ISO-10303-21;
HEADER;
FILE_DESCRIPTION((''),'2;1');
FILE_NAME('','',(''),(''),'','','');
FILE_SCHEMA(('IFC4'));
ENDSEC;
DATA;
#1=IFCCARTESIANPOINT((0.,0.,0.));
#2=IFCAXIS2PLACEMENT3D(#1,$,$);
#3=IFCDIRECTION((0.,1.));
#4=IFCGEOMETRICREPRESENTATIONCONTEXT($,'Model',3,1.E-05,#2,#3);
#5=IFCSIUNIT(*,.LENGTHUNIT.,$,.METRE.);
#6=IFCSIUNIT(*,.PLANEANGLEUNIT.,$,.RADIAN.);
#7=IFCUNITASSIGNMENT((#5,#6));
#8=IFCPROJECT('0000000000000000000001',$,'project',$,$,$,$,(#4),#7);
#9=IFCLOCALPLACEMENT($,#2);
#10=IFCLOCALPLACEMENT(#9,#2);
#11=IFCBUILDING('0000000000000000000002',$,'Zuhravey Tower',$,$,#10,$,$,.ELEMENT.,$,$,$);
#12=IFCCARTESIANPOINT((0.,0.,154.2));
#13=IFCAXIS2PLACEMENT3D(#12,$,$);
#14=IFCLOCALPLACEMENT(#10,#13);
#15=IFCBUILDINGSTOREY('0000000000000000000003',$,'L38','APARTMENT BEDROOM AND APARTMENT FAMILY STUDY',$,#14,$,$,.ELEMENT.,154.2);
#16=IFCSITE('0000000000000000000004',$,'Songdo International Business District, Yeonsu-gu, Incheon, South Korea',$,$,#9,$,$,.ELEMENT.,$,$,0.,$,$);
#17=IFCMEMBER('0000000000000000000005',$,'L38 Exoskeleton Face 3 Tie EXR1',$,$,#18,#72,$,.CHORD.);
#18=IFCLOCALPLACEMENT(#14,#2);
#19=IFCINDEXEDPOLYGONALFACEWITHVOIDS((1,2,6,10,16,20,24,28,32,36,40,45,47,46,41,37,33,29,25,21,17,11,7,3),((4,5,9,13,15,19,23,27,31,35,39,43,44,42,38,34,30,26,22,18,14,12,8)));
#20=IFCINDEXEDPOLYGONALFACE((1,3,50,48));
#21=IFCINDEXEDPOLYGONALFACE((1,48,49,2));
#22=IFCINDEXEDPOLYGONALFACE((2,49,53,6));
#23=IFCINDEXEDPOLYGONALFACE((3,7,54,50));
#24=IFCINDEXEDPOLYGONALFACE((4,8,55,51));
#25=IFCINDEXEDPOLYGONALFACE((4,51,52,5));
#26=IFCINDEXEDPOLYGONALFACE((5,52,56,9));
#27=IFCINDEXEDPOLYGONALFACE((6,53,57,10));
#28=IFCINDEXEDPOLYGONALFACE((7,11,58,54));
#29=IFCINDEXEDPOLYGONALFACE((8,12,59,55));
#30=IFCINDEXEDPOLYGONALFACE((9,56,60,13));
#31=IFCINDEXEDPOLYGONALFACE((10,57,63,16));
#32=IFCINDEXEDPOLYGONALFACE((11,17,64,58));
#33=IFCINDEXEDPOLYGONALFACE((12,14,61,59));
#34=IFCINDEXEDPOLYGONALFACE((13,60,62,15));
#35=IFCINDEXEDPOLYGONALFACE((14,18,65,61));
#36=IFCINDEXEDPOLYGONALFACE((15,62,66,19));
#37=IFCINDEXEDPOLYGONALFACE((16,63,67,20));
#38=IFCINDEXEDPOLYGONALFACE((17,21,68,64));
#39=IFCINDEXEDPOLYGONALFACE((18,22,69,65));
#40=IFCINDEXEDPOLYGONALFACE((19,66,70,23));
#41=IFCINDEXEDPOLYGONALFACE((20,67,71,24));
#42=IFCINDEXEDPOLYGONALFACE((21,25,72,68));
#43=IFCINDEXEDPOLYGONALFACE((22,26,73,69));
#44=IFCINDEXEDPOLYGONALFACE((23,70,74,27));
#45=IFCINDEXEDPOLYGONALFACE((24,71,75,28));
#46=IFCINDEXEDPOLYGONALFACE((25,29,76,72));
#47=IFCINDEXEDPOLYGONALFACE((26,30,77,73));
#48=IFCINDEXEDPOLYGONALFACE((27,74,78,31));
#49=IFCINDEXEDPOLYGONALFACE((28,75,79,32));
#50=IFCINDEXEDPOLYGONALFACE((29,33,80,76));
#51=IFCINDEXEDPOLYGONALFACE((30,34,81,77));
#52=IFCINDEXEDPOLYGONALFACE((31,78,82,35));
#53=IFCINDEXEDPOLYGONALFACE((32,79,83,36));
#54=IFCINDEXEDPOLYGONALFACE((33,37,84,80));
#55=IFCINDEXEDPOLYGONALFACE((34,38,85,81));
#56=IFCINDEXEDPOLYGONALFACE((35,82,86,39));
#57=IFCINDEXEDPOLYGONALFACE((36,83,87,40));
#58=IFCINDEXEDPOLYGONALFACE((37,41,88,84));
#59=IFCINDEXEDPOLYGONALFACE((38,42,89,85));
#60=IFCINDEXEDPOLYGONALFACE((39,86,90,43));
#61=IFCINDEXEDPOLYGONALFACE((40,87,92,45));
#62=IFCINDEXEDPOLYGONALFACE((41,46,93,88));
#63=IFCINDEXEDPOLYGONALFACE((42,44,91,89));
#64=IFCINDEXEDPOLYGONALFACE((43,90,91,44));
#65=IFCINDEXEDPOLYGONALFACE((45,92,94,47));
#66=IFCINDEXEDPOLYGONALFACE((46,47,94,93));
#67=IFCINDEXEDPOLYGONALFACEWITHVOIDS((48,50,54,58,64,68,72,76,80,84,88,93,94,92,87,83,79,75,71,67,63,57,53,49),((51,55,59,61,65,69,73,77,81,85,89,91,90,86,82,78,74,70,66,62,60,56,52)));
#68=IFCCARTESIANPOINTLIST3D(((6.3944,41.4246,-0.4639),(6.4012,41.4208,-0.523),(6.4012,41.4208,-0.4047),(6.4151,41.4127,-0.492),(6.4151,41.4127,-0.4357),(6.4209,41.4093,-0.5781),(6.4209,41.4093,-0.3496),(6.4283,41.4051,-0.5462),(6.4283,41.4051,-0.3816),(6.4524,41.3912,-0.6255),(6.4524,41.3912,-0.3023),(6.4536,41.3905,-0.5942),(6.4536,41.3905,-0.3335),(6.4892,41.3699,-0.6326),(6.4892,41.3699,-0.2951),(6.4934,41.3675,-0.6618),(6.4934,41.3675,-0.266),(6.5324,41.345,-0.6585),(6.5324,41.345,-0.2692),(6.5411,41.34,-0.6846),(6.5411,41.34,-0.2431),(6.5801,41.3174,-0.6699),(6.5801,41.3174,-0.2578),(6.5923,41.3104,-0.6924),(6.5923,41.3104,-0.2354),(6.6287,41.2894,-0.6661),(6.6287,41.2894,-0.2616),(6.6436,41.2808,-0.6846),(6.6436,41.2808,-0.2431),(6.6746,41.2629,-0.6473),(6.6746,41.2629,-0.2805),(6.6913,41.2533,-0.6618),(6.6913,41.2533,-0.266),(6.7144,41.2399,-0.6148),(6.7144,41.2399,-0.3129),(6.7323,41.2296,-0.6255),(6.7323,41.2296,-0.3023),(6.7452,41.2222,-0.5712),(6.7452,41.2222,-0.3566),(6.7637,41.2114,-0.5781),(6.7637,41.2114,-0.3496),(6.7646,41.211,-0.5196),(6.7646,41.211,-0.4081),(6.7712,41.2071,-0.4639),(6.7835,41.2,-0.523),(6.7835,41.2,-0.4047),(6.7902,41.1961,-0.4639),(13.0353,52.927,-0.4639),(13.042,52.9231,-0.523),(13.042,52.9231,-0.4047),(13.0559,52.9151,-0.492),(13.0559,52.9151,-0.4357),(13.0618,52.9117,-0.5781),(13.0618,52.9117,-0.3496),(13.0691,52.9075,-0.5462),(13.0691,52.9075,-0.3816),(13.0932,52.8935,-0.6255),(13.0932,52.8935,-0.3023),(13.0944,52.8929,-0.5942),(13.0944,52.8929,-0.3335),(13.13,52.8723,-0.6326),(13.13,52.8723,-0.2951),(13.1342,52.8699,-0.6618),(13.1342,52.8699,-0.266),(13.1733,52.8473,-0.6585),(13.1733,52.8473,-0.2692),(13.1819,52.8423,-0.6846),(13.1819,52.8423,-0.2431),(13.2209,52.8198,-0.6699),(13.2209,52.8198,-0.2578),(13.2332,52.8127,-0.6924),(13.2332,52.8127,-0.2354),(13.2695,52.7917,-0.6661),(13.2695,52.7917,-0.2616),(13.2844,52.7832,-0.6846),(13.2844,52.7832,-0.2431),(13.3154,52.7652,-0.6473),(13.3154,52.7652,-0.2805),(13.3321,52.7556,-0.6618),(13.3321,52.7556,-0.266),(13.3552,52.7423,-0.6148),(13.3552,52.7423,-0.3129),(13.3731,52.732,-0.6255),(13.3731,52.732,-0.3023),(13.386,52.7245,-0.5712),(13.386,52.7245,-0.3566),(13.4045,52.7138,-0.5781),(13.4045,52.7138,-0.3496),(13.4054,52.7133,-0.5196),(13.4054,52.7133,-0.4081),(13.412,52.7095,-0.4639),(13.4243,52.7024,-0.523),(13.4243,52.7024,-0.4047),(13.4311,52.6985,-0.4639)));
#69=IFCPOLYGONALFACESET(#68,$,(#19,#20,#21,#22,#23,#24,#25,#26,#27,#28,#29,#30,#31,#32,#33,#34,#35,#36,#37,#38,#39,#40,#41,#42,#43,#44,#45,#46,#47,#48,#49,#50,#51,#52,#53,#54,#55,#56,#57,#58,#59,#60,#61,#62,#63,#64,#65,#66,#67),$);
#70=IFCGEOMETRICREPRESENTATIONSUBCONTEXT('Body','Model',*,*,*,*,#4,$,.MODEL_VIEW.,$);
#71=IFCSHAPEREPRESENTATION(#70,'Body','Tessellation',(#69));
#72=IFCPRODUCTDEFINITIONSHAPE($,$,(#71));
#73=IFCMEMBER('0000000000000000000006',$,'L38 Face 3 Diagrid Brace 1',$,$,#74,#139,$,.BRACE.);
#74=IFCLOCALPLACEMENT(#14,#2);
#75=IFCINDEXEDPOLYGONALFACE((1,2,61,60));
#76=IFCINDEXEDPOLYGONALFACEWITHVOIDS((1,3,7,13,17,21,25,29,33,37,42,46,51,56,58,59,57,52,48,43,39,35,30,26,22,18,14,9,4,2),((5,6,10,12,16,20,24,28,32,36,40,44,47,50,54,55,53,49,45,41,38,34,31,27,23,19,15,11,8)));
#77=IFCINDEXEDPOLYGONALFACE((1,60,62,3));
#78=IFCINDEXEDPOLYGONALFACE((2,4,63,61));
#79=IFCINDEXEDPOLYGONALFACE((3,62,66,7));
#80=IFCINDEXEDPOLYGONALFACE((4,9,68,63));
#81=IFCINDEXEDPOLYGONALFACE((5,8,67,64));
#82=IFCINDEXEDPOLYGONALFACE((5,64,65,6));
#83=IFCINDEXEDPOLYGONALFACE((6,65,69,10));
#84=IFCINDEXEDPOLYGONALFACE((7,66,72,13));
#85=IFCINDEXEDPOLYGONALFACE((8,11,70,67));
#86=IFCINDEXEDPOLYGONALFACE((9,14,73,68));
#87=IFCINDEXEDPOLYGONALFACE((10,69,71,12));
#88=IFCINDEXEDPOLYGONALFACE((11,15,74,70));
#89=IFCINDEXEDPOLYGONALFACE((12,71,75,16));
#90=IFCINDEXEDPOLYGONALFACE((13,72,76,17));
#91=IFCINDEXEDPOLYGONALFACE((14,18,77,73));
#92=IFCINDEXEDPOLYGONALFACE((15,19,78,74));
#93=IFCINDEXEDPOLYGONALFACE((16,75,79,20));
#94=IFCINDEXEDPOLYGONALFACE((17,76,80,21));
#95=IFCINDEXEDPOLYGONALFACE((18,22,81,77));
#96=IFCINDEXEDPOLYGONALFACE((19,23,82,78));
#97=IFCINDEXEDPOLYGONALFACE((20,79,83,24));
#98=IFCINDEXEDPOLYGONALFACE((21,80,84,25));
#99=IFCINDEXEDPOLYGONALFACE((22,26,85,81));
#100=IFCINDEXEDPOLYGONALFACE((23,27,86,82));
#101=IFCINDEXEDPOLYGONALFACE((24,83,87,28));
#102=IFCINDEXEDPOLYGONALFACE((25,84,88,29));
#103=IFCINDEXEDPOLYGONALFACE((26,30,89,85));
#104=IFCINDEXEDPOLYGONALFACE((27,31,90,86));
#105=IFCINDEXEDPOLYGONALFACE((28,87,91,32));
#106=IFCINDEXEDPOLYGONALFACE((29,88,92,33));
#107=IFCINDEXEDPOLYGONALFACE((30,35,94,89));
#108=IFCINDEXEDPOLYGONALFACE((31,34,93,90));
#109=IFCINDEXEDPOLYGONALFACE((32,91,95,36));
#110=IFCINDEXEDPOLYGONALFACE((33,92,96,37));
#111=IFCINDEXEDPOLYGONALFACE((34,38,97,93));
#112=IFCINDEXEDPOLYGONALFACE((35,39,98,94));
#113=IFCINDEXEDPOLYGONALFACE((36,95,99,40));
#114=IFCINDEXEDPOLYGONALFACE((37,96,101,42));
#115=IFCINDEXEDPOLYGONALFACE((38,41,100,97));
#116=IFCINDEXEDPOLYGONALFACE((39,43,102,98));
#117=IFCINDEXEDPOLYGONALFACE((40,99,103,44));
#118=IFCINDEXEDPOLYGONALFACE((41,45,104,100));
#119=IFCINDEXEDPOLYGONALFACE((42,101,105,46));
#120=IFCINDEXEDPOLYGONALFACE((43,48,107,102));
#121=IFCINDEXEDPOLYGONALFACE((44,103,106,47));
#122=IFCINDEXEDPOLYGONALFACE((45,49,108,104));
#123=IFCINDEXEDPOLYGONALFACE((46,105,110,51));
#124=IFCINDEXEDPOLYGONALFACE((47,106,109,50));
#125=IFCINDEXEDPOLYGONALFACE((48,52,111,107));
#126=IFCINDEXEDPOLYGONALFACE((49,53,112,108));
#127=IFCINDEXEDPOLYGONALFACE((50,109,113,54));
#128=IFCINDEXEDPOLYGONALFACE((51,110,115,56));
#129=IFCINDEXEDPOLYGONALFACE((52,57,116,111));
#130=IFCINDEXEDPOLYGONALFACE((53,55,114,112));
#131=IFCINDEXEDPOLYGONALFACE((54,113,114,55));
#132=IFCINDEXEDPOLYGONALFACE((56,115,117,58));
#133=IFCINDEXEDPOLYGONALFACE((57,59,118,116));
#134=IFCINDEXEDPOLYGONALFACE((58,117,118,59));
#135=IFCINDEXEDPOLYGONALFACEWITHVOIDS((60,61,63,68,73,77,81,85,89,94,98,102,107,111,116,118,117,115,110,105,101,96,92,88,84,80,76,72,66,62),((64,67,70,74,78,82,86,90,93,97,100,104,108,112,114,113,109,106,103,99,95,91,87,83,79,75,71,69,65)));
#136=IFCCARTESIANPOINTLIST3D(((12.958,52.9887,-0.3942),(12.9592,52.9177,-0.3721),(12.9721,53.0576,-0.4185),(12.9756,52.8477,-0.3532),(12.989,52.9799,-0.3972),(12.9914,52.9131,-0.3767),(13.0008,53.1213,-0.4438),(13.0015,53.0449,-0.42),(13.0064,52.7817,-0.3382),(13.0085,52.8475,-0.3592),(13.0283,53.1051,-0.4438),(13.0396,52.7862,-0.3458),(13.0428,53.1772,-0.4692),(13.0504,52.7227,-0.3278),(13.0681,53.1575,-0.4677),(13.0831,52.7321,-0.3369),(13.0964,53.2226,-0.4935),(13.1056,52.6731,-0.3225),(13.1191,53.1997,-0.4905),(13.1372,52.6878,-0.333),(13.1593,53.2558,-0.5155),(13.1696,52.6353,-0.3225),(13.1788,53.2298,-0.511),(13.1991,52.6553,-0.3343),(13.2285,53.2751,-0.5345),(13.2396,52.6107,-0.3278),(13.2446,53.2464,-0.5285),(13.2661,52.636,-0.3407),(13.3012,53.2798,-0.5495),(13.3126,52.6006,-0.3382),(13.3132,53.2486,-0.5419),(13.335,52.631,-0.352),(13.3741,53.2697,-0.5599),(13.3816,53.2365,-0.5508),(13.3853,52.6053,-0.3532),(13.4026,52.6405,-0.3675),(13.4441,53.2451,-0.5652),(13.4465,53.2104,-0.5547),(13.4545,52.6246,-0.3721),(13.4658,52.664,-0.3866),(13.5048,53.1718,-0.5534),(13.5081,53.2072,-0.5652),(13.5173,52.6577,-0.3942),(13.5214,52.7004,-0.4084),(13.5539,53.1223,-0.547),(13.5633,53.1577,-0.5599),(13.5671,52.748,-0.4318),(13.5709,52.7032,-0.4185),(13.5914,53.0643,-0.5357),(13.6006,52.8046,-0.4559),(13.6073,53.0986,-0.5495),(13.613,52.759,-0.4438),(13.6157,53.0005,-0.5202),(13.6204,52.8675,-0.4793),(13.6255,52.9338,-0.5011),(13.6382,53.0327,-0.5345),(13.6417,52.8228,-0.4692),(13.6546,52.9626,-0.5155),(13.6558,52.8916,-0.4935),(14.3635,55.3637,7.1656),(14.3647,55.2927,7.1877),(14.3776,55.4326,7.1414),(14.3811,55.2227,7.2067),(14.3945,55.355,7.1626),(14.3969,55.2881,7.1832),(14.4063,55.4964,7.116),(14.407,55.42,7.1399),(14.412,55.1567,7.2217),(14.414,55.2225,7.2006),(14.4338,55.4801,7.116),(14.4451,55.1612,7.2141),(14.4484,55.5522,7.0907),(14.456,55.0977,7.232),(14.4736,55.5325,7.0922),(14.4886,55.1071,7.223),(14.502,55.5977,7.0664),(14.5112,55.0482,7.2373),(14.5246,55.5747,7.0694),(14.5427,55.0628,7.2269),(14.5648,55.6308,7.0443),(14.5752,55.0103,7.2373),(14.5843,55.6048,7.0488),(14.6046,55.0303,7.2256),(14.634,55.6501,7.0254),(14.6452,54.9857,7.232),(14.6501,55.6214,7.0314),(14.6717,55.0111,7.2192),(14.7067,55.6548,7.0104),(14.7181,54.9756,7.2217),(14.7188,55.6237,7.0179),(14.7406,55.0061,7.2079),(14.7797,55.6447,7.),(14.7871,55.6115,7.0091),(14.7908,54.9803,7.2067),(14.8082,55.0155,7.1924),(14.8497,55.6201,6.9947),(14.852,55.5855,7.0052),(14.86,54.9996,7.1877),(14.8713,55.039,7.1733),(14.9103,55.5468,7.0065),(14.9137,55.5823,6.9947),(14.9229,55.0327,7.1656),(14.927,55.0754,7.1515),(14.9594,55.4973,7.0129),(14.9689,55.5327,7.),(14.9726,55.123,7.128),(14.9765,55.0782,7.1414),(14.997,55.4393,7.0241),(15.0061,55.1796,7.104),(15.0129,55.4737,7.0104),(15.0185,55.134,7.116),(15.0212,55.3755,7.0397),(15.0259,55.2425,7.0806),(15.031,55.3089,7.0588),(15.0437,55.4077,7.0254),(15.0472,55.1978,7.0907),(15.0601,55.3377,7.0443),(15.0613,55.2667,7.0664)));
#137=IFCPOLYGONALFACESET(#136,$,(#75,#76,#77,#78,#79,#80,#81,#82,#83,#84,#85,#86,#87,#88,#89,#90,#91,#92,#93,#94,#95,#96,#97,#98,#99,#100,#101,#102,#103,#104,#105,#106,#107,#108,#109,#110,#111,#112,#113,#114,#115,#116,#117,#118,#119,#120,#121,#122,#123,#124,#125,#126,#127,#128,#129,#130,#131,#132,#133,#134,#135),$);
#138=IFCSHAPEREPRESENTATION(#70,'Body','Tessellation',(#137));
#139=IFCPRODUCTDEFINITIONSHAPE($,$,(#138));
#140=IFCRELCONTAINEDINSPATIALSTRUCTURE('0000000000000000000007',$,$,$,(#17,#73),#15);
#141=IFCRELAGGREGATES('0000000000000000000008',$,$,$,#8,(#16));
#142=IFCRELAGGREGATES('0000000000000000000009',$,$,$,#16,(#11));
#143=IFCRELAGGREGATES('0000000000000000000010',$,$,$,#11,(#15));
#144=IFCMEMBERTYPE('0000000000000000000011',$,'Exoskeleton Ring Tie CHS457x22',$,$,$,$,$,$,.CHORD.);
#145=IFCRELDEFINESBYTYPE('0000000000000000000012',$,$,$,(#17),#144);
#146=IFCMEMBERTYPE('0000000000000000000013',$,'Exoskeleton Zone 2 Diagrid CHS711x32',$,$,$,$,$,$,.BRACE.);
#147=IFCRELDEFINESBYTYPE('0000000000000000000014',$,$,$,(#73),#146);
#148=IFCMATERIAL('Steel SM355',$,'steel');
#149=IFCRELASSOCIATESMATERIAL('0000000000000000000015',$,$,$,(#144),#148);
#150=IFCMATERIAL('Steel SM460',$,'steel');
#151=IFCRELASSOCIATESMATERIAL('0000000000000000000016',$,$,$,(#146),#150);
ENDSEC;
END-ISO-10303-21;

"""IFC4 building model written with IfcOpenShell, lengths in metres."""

from ifc_helpers import new_model, si_unit, direction, frame, origin, origin_2d, place, context, subcontext, project, spatial, hollow_circle, extrude, material, material_profile, profile_set, type_object, element, save


model = new_model("IFC4")

# Units and contexts
model_context = context("Model", 3, precision=1e-05, world=origin(), true_north=direction((0.0, 1.0)))
body_context = subcontext(model_context, "Body", "Model", "MODEL_VIEW")
ifc_project = project(units=[si_unit("LENGTHUNIT", "METRE"), si_unit("PLANEANGLEUNIT", "RADIAN")], contexts=[model_context])

# Site, building, storey
site_placement = place(None, origin())
site = spatial("IfcSite", under=ifc_project, at=site_placement, Name="Songdo International Business District, Yeonsu-gu, Incheon, South Korea", CompositionType="ELEMENT", RefElevation=0.0)
building_placement = place(site_placement, origin())
building = spatial("IfcBuilding", under=site, at=building_placement, Name="Zuhravey Tower", CompositionType="ELEMENT")
storey_placement = place(building_placement, frame((0.0, 0.0, 154.2)))
storey = spatial("IfcBuildingStorey", under=building, at=storey_placement, Name="L38", Description="APARTMENT BEDROOM AND APARTMENT FAMILY STUDY", CompositionType="ELEMENT", Elevation=154.2)

# Members
ifc_material_1 = material(Name="Steel SM355", Category="steel")
ifc_material_profile_1 = material_profile(ifc_material_1, hollow_circle(Radius=0.2285, WallThickness=0.022, at=origin_2d()), Name="CHS-457.2x22")
ifc_profile_set_1 = profile_set([ifc_material_profile_1], Name="Steel SM355")
member_type_1 = type_object("IfcMemberType", Name="Exoskeleton Ring Tie CHS457x22", PredefinedType="CHORD", material=ifc_profile_set_1)
member_1_placement = place(storey_placement, frame((13.2332, 52.8127, -0.4639), z_axis=(-0.499996, -0.866028, 0.0), x_axis=(0.866028, -0.499996, 0.0)))
element("IfcMember", 1, at=member_1_placement, inside=storey, type_object=member_type_1, Name="L38 Exoskeleton Face 3 Tie EXR1", PredefinedType="CHORD", context=body_context, shape_type="SweptSolid", body=[
    extrude(hollow_circle(Radius=0.2285, WallThickness=0.022, at=origin_2d()), origin(), (0.0, 0.0, 1.0), 13.2817),
])
ifc_material_2 = material(Name="Steel SM460", Category="steel")
ifc_material_profile_2 = material_profile(ifc_material_2, hollow_circle(Radius=0.3557, WallThickness=0.032, at=origin_2d()), Name="CHS-711.2x32")
ifc_profile_set_2 = profile_set([ifc_material_profile_2], Name="Steel SM460")
member_type_2 = type_object("IfcMemberType", Name="Exoskeleton Zone 2 Diagrid CHS711x32", PredefinedType="BRACE", material=ifc_profile_set_2)
member_2_placement = place(storey_placement, frame((13.3069, 52.9402, -0.4438), z_axis=(0.174646, 0.295112, 0.939365), x_axis=(-0.860592, 0.509295, 0.0)))
element("IfcMember", 2, at=member_2_placement, inside=storey, type_object=member_type_2, Name="L38 Face 3 Diagrid Brace 1", PredefinedType="BRACE", context=body_context, shape_type="SweptSolid", body=[
    extrude(hollow_circle(Radius=0.3557, WallThickness=0.032, at=origin_2d()), origin(), (0.0, 0.0, 1.0), 8.0479),
])

save(model, "model.ifc")
